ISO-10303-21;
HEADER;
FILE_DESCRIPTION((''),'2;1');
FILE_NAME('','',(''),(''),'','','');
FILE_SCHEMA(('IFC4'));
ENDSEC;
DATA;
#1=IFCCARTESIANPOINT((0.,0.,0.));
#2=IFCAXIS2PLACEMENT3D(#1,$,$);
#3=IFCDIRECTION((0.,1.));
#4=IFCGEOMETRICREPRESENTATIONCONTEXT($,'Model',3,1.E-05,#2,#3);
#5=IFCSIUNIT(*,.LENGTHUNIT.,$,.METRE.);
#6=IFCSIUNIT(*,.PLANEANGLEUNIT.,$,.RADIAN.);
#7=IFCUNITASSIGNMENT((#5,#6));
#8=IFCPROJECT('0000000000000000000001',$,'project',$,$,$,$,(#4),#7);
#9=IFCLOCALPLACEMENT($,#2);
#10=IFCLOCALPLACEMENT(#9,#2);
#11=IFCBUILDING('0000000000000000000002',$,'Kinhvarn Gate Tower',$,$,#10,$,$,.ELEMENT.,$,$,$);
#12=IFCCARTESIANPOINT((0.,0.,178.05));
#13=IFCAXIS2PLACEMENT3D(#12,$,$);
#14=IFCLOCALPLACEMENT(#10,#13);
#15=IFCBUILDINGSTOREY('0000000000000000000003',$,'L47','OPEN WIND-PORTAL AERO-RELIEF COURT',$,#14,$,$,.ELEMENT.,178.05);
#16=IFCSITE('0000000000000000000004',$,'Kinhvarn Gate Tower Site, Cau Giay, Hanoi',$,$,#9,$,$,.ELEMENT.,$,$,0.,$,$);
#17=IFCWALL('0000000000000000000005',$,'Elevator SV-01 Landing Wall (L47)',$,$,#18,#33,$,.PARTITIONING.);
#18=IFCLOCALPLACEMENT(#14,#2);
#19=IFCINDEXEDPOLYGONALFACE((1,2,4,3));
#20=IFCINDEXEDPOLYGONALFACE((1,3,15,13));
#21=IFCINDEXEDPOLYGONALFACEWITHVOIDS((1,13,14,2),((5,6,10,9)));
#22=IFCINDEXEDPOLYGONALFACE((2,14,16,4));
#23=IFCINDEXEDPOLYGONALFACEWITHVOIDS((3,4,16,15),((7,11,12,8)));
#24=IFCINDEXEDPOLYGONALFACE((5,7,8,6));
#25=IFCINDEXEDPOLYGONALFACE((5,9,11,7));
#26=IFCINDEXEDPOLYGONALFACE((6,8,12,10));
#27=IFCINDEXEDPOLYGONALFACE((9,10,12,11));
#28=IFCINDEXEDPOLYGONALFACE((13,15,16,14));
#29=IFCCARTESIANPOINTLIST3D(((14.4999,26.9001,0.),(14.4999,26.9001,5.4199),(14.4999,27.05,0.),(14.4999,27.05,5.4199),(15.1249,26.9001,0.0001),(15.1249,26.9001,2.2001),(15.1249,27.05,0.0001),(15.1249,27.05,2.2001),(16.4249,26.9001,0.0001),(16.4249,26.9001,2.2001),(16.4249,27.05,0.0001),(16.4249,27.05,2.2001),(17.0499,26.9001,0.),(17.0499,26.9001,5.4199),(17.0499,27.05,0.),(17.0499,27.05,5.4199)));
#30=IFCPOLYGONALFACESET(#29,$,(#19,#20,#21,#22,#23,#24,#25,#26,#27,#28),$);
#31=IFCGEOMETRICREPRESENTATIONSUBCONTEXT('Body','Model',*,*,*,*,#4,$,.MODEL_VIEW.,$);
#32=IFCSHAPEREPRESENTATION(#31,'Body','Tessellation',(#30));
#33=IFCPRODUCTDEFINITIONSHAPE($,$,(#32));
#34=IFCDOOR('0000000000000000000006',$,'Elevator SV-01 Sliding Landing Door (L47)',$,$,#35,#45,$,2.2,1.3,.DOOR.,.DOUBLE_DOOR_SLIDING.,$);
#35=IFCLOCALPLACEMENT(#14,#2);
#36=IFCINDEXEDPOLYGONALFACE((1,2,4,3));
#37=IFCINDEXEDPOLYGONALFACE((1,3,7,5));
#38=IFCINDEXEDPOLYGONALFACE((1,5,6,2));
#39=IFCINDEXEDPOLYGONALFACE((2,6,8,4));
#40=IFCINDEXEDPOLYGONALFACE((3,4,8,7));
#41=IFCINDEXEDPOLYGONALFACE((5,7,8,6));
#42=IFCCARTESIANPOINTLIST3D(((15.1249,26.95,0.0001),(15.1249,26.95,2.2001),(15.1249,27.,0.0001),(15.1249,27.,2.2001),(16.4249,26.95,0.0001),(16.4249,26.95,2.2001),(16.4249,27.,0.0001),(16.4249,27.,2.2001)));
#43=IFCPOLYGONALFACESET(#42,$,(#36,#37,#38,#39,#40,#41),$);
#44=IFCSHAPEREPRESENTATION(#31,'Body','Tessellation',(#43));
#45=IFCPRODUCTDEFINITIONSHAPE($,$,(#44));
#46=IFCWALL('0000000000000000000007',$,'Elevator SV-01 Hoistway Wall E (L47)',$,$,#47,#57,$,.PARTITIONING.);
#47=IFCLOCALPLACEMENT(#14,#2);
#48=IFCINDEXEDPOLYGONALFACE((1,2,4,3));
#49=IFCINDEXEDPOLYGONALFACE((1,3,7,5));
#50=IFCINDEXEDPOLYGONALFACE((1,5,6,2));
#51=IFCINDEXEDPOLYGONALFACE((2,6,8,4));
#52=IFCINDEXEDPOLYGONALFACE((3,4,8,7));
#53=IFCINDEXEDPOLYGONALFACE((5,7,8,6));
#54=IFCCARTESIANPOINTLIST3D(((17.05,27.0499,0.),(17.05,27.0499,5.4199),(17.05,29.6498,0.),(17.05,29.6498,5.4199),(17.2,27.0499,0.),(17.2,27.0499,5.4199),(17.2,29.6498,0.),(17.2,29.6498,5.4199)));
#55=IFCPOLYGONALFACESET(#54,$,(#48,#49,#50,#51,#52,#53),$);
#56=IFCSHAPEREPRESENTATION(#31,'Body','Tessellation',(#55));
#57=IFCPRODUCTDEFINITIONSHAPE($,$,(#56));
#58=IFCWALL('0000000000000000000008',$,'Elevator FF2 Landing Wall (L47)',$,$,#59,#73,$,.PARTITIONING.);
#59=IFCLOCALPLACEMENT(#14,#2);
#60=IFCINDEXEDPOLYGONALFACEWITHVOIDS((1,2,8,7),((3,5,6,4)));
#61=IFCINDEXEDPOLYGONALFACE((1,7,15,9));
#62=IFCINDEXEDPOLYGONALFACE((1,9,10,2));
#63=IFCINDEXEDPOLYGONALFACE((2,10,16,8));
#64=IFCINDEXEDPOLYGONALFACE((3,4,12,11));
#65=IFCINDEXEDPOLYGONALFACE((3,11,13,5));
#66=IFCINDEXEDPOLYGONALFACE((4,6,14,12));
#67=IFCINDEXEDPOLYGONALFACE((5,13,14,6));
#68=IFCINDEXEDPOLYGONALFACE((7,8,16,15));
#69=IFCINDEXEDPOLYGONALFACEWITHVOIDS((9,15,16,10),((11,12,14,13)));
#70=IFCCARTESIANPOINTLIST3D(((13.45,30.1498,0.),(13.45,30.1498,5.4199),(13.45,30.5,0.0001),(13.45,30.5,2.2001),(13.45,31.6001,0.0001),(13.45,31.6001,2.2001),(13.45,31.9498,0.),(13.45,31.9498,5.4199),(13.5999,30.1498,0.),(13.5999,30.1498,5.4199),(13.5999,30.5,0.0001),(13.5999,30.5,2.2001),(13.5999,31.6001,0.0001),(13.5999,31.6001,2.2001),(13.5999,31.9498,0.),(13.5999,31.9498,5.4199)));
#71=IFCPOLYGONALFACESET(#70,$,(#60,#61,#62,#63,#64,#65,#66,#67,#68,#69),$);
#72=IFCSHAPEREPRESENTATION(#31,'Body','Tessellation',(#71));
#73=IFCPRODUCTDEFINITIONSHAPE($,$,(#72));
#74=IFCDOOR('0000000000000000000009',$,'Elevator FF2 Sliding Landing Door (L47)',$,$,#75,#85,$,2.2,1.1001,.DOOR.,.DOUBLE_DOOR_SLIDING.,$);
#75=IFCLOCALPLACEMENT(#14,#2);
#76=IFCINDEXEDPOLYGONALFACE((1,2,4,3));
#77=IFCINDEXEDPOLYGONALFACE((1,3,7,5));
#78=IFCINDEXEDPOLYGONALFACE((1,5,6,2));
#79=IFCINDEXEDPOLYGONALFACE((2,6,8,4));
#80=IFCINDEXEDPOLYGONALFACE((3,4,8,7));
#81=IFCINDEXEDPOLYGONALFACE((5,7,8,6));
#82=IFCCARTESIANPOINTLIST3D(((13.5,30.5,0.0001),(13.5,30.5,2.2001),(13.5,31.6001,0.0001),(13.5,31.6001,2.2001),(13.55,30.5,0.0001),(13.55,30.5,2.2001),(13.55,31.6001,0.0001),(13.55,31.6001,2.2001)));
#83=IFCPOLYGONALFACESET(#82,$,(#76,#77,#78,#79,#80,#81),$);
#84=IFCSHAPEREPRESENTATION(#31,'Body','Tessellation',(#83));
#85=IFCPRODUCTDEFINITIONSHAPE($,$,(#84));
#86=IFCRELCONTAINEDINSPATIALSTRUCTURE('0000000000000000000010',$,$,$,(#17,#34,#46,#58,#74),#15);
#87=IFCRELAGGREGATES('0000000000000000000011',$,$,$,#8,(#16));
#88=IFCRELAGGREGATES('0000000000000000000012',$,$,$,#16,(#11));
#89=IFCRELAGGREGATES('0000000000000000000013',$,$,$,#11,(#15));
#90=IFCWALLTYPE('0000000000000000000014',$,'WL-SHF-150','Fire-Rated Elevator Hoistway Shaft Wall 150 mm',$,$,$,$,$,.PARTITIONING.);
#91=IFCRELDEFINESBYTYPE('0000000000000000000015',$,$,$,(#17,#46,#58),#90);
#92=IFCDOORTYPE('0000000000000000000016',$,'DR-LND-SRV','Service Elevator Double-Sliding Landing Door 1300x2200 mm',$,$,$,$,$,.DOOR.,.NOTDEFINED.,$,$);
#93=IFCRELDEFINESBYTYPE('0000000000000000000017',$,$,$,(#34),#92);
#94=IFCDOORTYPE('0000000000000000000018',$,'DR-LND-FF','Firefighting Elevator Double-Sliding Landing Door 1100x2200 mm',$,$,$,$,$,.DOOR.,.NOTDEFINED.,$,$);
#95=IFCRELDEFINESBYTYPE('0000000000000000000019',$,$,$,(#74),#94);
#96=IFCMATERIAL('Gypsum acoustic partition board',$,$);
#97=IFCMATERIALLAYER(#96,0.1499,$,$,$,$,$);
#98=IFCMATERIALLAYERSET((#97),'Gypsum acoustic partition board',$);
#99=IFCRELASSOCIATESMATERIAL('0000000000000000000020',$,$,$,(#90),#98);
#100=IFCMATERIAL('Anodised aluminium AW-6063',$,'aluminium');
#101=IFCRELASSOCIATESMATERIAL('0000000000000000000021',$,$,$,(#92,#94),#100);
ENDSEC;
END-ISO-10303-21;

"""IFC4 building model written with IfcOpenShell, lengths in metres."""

from ifc_helpers import new_model, si_unit, direction, frame, frame_2d, origin, place, context, subcontext, project, spatial, rectangle, extrude, material, layer, layer_set, type_object, element, fill, save


model = new_model("IFC4")

# Units and contexts
model_context = context("Model", 3, precision=1e-05, world=origin(), true_north=direction((0.0, 1.0)))
body_context = subcontext(model_context, "Body", "Model", "MODEL_VIEW")
ifc_project = project(units=[si_unit("LENGTHUNIT", "METRE"), si_unit("PLANEANGLEUNIT", "RADIAN")], contexts=[model_context])

# Site, building, storey
site_placement = place(None, origin())
site = spatial("IfcSite", under=ifc_project, at=site_placement, Name="Kinhvarn Gate Tower Site, Cau Giay, Hanoi", CompositionType="ELEMENT", RefElevation=0.0)
building_placement = place(site_placement, origin())
building = spatial("IfcBuilding", under=site, at=building_placement, Name="Kinhvarn Gate Tower", CompositionType="ELEMENT")
storey_placement = place(building_placement, frame((0.0, 0.0, 178.05)))
storey = spatial("IfcBuildingStorey", under=building, at=storey_placement, Name="L47", Description="OPEN WIND-PORTAL AERO-RELIEF COURT", CompositionType="ELEMENT", Elevation=178.05)

# Shared definitions
ifc_material_1 = material(Name="Anodised aluminium AW-6063", Category="aluminium")

# Shared definitions
ifc_material_2 = material(Name="Gypsum acoustic partition board")

# Shared definitions
ifc_layer_1 = layer(ifc_material_2, 0.1499)
ifc_layer_set_1 = layer_set([ifc_layer_1], Name="Gypsum acoustic partition board")
wall_type_1 = type_object("IfcWallType", Name="WL-SHF-150", Description="Fire-Rated Elevator Hoistway Shaft Wall 150 mm", PredefinedType="PARTITIONING", material=ifc_layer_set_1)

# Wall, opening, door
wall_1_placement = place(storey_placement, frame((14.5, 26.9751, 0.0), z_axis=(0.0, 0.0, 1.0), x_axis=(1.0, 0.0, 0.0)))
wall_1 = element("IfcWall", 1, at=wall_1_placement, inside=storey, type_object=wall_type_1, Name="Elevator SV-01 Landing Wall (L47)", PredefinedType="PARTITIONING", context=body_context, shape_type="SweptSolid", body=[
    extrude(rectangle(XDim=2.55, YDim=0.1499, at=frame_2d((1.2749, 0.0))), origin(), (0.0, 0.0, 1.0), 5.4199),
])
opening_1_placement = place(wall_1_placement, frame((0.625, 0.0, 0.0)))
opening_1 = element("IfcOpeningElement", 2, at=opening_1_placement, cuts=wall_1, PredefinedType="OPENING", context=body_context, shape_type="SweptSolid", body=[
    extrude(rectangle(XDim=1.3, YDim=2.2, at=frame_2d((0.6499, 1.1001))), frame((0.0, 0.085, 0.0), z_axis=(0.0, -1.0, 0.0), x_axis=(1.0, 0.0, 0.0)), (0.0, 0.0, 1.0), 0.1699),
])
door_type_1 = type_object("IfcDoorType", Name="DR-LND-SRV", Description="Service Elevator Double-Sliding Landing Door 1300x2200 mm", OperationType="NOTDEFINED", PredefinedType="DOOR", material=ifc_material_1)
door_1_placement = place(opening_1_placement, origin())
door_1 = element("IfcDoor", 3, at=door_1_placement, inside=storey, type_object=door_type_1, Name="Elevator SV-01 Sliding Landing Door (L47)", OperationType="DOUBLE_DOOR_SLIDING", OverallHeight=2.2, OverallWidth=1.3, PredefinedType="DOOR", context=body_context, shape_type="SweptSolid", body=[
    extrude(rectangle(XDim=1.3, YDim=2.2, at=frame_2d((0.6499, 1.1001))), frame((0.0, 0.0249, 0.0), z_axis=(0.0, -1.0, 0.0), x_axis=(1.0, 0.0, 0.0)), (0.0, 0.0, 1.0), 0.05),
])
fill(opening_1, door_1)

# Wall
wall_2_placement = place(storey_placement, frame((17.125, 27.05, 0.0), z_axis=(0.0, 0.0, 1.0), x_axis=(0.0, 1.0, 0.0)))
element("IfcWall", 4, at=wall_2_placement, inside=storey, type_object=wall_type_1, Name="Elevator SV-01 Hoistway Wall E (L47)", PredefinedType="PARTITIONING", context=body_context, shape_type="SweptSolid", body=[
    extrude(rectangle(XDim=2.5999, YDim=0.1499, at=frame_2d((1.2998, 0.0))), origin(), (0.0, 0.0, 1.0), 5.4199),
])

# Wall, opening, door
wall_3_placement = place(storey_placement, frame((13.5249, 30.1499, 0.0), z_axis=(0.0, 0.0, 1.0), x_axis=(0.0, 1.0, 0.0)))
wall_3 = element("IfcWall", 5, at=wall_3_placement, inside=storey, type_object=wall_type_1, Name="Elevator FF2 Landing Wall (L47)", PredefinedType="PARTITIONING", context=body_context, shape_type="SweptSolid", body=[
    extrude(rectangle(XDim=1.8, YDim=0.1499, at=frame_2d((0.8999, 0.0))), origin(), (0.0, 0.0, 1.0), 5.4199),
])
opening_2_placement = place(wall_3_placement, frame((0.3501, 0.0, 0.0)))
opening_2 = element("IfcOpeningElement", 6, at=opening_2_placement, cuts=wall_3, PredefinedType="OPENING", context=body_context, shape_type="SweptSolid", body=[
    extrude(rectangle(XDim=1.1001, YDim=2.2, at=frame_2d((0.55, 1.1001))), frame((0.0, 0.085, 0.0), z_axis=(0.0, -1.0, 0.0), x_axis=(1.0, 0.0, 0.0)), (0.0, 0.0, 1.0), 0.1699),
])
door_type_2 = type_object("IfcDoorType", Name="DR-LND-FF", Description="Firefighting Elevator Double-Sliding Landing Door 1100x2200 mm", OperationType="NOTDEFINED", PredefinedType="DOOR", material=ifc_material_1)
door_2_placement = place(opening_2_placement, origin())
door_2 = element("IfcDoor", 7, at=door_2_placement, inside=storey, type_object=door_type_2, Name="Elevator FF2 Sliding Landing Door (L47)", OperationType="DOUBLE_DOOR_SLIDING", OverallHeight=2.2, OverallWidth=1.1001, PredefinedType="DOOR", context=body_context, shape_type="SweptSolid", body=[
    extrude(rectangle(XDim=1.1001, YDim=2.2, at=frame_2d((0.55, 1.1001))), frame((0.0, 0.0249, 0.0), z_axis=(0.0, -1.0, 0.0), x_axis=(1.0, 0.0, 0.0)), (0.0, 0.0, 1.0), 0.05),
])
fill(opening_2, door_2)

save(model, "model.ifc")
